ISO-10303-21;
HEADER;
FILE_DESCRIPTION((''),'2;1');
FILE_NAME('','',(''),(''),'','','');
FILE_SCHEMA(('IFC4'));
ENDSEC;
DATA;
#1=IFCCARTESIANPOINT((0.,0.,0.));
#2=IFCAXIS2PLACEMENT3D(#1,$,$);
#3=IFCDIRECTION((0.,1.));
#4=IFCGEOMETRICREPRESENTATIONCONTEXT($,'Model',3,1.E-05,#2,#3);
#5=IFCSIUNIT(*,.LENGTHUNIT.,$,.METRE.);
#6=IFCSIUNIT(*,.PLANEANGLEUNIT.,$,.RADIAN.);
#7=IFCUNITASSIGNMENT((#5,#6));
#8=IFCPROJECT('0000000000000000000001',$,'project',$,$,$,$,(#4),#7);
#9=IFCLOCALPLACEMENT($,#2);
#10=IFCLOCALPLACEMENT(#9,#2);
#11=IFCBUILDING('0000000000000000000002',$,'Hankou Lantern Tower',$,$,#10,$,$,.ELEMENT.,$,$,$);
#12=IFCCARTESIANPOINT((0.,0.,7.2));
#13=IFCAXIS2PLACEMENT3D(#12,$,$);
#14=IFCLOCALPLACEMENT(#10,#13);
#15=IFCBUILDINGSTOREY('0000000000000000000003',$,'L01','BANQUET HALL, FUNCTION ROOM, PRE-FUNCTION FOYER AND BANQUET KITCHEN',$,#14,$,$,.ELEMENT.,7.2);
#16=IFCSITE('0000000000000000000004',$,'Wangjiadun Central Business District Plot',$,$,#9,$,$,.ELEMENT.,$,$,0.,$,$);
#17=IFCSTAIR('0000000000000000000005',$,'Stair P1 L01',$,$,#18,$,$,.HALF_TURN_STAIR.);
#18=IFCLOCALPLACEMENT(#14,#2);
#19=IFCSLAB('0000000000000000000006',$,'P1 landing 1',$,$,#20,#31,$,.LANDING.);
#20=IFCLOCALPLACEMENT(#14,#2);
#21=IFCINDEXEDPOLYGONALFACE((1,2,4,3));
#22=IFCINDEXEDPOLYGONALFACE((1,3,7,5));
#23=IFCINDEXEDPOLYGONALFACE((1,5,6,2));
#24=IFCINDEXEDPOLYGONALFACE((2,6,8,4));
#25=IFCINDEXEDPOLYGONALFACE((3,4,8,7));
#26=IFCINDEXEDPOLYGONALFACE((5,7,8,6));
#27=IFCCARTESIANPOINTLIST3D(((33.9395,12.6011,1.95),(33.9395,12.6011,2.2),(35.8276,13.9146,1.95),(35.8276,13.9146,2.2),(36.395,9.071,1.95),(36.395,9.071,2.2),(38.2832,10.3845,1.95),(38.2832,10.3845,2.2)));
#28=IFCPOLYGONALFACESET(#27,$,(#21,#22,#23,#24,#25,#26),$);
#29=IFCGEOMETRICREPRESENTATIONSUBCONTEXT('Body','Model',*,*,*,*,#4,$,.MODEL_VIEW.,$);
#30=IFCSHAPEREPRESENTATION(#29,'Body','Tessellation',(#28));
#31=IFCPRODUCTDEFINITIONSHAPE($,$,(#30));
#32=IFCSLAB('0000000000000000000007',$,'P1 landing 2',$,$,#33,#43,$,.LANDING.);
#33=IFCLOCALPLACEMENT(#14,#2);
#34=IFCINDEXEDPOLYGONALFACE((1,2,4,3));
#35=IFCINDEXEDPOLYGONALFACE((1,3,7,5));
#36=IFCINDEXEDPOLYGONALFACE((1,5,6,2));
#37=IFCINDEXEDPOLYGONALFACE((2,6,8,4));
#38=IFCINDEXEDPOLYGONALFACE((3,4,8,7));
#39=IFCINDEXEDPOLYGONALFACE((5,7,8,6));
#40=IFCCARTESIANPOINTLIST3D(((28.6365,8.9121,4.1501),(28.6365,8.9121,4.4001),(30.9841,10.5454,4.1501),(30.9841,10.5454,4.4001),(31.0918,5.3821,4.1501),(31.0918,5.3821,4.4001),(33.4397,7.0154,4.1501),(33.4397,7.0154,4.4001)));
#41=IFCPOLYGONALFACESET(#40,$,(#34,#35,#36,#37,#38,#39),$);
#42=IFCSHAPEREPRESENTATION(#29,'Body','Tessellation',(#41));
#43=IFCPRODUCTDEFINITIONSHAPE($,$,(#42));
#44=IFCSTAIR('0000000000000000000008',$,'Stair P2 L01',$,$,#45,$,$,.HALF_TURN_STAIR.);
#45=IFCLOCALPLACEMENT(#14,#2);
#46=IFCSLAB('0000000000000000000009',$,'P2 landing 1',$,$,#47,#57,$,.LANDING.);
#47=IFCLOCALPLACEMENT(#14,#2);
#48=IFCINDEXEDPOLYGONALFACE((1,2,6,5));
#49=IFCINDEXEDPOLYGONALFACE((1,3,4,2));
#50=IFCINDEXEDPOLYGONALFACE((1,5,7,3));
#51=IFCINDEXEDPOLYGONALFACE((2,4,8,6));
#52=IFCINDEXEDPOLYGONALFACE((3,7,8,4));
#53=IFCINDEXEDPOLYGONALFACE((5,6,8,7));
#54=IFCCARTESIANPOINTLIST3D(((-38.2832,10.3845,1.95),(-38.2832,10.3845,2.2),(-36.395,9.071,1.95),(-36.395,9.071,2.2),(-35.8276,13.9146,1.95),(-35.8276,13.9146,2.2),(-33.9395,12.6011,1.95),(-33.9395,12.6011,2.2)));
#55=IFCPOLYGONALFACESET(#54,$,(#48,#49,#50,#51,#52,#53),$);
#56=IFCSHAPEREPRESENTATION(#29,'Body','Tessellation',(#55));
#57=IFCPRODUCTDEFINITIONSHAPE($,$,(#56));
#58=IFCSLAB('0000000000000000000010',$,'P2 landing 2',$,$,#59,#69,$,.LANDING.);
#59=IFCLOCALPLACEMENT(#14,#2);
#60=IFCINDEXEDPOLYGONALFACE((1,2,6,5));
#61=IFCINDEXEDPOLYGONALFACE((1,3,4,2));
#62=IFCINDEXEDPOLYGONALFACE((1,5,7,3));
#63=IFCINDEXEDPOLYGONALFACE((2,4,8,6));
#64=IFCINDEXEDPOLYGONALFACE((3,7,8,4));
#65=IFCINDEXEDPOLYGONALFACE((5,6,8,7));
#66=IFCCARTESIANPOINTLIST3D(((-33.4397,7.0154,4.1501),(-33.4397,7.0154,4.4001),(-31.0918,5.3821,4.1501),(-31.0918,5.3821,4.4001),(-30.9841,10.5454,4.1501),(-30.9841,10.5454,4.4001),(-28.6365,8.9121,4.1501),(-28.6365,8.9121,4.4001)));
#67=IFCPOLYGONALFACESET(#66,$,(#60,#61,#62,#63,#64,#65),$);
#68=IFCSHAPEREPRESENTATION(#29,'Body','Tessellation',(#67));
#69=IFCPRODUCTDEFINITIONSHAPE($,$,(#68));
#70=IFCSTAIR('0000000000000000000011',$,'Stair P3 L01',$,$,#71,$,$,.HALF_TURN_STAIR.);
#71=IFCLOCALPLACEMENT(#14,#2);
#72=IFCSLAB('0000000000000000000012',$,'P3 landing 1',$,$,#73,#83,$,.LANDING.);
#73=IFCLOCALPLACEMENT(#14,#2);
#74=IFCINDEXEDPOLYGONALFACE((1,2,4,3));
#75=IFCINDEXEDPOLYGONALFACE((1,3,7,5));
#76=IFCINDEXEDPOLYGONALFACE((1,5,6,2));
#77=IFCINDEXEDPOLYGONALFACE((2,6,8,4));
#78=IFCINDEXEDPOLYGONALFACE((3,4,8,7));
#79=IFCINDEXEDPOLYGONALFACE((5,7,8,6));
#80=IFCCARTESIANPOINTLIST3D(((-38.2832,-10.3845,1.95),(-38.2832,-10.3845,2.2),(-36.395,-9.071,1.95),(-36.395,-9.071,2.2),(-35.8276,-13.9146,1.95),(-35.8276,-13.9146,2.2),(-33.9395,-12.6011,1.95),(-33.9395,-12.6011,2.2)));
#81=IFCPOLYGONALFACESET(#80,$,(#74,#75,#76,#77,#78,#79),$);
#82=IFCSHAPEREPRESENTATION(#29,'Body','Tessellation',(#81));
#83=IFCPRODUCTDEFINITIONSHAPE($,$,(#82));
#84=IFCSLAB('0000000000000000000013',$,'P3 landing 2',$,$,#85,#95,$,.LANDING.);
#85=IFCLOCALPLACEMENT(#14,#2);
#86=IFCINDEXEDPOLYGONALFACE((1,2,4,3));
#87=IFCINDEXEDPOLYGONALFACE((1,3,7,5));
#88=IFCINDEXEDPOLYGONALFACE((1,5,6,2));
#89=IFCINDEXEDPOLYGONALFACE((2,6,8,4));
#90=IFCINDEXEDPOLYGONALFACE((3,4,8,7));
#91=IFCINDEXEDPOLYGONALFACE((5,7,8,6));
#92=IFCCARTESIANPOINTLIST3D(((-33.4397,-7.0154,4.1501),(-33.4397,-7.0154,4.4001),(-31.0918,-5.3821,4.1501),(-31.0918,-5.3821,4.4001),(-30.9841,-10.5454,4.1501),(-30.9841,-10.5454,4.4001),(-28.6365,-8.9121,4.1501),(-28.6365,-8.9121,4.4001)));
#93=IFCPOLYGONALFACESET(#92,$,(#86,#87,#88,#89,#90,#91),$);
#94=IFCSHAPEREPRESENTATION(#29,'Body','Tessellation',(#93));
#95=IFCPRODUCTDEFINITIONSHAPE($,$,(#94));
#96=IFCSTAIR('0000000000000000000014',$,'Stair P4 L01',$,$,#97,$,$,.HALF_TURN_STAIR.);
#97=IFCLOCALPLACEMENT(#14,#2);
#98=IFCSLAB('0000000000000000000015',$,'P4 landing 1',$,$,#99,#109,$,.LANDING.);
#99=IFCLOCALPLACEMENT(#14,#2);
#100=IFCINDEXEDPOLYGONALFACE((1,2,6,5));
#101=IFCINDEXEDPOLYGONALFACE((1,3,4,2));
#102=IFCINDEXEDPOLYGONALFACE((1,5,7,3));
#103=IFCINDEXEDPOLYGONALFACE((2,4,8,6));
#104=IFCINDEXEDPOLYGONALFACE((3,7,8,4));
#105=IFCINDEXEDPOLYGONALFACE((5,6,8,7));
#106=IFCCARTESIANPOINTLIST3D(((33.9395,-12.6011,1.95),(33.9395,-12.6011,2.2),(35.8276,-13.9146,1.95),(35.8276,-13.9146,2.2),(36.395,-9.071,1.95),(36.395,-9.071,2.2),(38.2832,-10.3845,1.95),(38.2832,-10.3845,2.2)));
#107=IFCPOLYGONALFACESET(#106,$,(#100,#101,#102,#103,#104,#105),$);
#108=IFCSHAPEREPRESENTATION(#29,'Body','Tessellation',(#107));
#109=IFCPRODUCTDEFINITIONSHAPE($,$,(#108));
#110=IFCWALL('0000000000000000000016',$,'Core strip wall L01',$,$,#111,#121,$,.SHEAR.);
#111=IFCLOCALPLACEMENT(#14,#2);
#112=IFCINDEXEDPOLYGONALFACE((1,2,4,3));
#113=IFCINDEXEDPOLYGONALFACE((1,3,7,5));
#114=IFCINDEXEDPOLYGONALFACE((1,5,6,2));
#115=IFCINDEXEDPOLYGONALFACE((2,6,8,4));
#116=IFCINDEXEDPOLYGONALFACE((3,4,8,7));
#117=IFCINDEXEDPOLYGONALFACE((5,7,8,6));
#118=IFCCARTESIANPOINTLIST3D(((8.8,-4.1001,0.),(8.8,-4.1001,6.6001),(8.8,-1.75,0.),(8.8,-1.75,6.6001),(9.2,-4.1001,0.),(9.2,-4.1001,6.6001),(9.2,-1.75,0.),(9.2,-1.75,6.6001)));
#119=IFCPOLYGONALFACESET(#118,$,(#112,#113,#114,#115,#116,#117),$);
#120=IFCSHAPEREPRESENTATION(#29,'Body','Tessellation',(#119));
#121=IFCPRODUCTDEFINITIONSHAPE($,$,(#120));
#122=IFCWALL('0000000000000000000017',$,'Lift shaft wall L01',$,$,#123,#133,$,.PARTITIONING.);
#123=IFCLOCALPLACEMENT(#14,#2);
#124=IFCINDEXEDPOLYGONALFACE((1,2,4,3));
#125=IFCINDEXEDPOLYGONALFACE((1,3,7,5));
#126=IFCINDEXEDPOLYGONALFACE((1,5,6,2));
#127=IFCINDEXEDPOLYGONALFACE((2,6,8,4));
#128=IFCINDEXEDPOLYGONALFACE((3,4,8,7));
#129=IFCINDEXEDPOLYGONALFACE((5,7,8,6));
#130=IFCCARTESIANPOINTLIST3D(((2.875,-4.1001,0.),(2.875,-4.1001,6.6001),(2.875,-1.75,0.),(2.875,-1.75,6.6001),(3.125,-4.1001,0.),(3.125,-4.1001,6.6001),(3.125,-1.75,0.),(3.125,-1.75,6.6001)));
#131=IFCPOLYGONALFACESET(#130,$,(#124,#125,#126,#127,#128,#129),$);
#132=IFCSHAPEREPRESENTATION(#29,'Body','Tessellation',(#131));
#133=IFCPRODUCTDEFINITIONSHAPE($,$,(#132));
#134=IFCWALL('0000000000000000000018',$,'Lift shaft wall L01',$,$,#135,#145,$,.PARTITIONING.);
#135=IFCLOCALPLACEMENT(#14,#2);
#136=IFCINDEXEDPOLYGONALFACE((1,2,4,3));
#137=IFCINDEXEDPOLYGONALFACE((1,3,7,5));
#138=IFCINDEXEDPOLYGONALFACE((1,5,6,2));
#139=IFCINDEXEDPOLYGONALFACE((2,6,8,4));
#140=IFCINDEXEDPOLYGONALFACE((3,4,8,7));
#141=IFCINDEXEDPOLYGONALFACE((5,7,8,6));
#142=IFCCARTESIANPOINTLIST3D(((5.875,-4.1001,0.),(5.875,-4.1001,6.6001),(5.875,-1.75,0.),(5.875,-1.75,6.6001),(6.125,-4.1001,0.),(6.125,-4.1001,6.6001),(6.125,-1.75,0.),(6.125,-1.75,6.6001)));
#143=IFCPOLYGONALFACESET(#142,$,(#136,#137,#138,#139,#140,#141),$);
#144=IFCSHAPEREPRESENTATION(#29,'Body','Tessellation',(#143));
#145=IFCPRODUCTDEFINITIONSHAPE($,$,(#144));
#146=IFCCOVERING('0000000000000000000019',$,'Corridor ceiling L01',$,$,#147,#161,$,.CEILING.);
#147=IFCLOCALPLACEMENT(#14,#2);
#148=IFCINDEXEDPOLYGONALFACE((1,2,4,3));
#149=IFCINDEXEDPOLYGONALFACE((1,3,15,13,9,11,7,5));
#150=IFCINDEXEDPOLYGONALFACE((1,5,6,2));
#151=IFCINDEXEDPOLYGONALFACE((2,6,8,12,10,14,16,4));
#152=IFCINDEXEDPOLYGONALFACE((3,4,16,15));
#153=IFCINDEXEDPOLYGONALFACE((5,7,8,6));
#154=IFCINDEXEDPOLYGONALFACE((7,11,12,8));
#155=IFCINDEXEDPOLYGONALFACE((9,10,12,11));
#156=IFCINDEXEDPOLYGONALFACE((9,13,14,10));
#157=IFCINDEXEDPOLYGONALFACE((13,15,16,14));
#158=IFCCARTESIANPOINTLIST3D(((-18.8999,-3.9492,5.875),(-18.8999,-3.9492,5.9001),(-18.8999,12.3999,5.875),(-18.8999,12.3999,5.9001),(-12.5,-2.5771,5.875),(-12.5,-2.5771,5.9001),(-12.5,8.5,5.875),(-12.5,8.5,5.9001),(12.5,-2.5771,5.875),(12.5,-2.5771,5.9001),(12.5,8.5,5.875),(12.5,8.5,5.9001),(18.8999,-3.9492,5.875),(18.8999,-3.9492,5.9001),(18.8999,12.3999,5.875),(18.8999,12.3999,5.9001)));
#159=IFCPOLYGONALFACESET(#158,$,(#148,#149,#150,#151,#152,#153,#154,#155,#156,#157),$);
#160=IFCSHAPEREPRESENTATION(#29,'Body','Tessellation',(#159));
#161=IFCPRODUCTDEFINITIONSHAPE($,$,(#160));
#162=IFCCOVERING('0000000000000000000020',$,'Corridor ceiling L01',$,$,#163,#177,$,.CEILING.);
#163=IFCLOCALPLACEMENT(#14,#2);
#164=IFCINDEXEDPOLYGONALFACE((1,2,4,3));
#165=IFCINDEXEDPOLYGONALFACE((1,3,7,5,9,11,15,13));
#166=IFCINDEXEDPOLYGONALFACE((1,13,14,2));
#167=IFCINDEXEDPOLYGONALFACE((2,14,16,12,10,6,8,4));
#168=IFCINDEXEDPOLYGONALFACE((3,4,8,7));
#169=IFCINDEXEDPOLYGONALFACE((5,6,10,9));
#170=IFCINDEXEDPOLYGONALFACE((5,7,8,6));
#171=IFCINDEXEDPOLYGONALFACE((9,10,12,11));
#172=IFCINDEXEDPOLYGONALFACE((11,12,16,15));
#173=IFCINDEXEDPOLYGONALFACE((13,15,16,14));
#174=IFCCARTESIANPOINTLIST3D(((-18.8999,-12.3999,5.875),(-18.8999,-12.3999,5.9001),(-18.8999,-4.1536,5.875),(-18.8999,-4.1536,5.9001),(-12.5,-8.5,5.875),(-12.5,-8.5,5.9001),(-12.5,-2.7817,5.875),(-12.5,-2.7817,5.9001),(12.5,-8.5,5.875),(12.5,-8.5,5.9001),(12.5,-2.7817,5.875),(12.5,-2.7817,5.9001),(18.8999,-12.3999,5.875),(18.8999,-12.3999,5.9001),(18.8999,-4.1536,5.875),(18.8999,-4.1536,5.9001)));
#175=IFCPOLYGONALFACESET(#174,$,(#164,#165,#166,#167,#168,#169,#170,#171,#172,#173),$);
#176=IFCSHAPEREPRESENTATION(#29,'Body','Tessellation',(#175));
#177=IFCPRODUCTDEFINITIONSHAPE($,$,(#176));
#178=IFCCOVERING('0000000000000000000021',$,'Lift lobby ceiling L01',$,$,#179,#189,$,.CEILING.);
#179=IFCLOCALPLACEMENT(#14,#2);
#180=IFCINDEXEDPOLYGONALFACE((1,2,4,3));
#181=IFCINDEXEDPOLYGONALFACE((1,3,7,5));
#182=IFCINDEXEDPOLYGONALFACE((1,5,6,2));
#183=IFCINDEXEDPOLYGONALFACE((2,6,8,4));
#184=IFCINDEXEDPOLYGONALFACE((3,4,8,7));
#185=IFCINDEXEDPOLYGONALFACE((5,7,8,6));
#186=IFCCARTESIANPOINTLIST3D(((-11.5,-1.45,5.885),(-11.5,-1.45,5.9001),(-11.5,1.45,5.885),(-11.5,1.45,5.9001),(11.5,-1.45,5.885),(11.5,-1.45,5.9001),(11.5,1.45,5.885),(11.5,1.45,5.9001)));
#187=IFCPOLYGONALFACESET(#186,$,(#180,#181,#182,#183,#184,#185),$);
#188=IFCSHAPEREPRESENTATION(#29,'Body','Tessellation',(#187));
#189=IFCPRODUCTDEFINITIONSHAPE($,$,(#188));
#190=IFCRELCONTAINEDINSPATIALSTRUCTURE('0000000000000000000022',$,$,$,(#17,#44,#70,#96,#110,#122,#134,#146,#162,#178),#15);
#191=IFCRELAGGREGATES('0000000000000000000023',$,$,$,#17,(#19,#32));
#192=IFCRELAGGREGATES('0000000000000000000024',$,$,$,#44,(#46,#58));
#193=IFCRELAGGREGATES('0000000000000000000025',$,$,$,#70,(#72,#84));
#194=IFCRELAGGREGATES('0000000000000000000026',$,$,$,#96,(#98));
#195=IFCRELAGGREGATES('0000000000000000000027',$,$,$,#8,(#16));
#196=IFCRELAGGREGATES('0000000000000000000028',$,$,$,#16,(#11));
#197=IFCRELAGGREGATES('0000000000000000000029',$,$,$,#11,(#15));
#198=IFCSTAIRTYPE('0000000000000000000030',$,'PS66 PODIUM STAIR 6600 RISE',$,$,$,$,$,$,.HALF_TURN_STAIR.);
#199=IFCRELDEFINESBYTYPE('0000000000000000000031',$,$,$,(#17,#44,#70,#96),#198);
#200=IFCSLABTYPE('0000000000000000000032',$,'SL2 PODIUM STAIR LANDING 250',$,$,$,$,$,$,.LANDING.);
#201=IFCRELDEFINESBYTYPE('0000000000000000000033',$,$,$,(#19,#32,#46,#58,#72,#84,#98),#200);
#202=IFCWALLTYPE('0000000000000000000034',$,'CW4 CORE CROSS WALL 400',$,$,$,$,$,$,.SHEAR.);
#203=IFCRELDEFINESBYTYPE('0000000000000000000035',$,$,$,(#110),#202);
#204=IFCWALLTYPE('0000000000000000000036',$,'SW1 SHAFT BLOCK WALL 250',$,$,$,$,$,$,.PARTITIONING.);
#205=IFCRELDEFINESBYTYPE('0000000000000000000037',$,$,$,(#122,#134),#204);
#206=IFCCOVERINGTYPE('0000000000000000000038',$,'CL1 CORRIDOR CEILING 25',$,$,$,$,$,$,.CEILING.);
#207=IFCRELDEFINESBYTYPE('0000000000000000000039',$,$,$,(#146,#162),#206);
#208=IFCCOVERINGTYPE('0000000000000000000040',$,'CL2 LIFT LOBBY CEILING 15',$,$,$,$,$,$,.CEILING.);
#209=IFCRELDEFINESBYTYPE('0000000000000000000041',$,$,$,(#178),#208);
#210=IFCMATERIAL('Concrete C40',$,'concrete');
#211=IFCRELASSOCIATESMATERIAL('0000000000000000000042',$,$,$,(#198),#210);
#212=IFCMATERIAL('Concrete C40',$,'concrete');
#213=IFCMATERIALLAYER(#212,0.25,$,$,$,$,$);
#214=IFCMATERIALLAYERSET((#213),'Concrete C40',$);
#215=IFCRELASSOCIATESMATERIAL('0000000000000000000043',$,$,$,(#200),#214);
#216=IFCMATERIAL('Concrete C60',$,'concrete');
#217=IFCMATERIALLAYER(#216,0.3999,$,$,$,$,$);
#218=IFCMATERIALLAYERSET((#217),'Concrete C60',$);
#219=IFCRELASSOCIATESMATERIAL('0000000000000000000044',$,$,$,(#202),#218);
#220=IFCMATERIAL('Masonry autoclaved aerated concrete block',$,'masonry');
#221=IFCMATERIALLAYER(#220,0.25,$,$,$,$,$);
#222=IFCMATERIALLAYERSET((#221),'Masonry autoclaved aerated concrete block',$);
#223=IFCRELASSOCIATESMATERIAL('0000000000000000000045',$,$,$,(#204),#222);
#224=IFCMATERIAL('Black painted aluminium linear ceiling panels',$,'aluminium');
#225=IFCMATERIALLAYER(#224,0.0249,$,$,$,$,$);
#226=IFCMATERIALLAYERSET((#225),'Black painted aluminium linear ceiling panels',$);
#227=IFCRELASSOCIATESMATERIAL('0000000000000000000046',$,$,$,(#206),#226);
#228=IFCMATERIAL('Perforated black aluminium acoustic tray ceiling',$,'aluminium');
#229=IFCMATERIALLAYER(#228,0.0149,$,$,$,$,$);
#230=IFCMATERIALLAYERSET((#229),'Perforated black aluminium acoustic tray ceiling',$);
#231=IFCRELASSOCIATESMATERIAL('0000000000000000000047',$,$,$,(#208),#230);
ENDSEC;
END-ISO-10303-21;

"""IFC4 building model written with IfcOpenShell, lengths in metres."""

from ifc_helpers import new_model, si_unit, direction, frame, frame_2d, origin, place, context, subcontext, project, spatial, polyline, rectangle, outline, extrude, material, layer, layer_set, type_object, element, aggregate, save


model = new_model("IFC4")

# Units and contexts
model_context = context("Model", 3, precision=1e-05, world=origin(), true_north=direction((0.0, 1.0)))
body_context = subcontext(model_context, "Body", "Model", "MODEL_VIEW")
ifc_project = project(units=[si_unit("LENGTHUNIT", "METRE"), si_unit("PLANEANGLEUNIT", "RADIAN")], contexts=[model_context])

# Site, building, storey
site_placement = place(None, origin())
site = spatial("IfcSite", under=ifc_project, at=site_placement, Name="Wangjiadun Central Business District Plot", CompositionType="ELEMENT", RefElevation=0.0)
building_placement = place(site_placement, origin())
building = spatial("IfcBuilding", under=site, at=building_placement, Name="Hankou Lantern Tower", CompositionType="ELEMENT")
storey_placement = place(building_placement, frame((0.0, 0.0, 7.2)))
storey = spatial("IfcBuildingStorey", under=building, at=storey_placement, Name="L01", Description="BANQUET HALL, FUNCTION ROOM, PRE-FUNCTION FOYER AND BANQUET KITCHEN", CompositionType="ELEMENT", Elevation=7.2)

# Stairs, slabs
ifc_material_1 = material(Name="Concrete C40", Category="concrete")
stair_type_1 = type_object("IfcStairType", Name="PS66 PODIUM STAIR 6600 RISE", PredefinedType="HALF_TURN_STAIR", material=ifc_material_1)
stair_1_placement = place(storey_placement, origin())
stair_1 = element("IfcStair", 1, at=stair_1_placement, inside=storey, type_object=stair_type_1, Name="Stair P1 L01", PredefinedType="HALF_TURN_STAIR")
ifc_material_2 = material(Name="Concrete C40", Category="concrete")
ifc_layer_1 = layer(ifc_material_2, 0.25)
ifc_layer_set_1 = layer_set([ifc_layer_1], Name="Concrete C40")
slab_type_1 = type_object("IfcSlabType", Name="SL2 PODIUM STAIR LANDING 250", PredefinedType="LANDING", material=ifc_layer_set_1)
slab_1_placement = place(storey_placement, frame((0.0, 0.0, 1.95)))
slab_1 = element("IfcSlab", 2, at=slab_1_placement, type_object=slab_type_1, Name="P1 landing 1", PredefinedType="LANDING", context=body_context, shape_type="SweptSolid", body=[
    extrude(outline(polyline([(38.2832, 10.3845), (35.8276, 13.9146), (33.9395, 12.6011), (36.395, 9.071), (38.2832, 10.3845)])), origin(), (0.0, 0.0, 1.0), 0.25),
])
slab_2_placement = place(storey_placement, frame((0.0, 0.0, 4.1501)))
slab_2 = element("IfcSlab", 3, at=slab_2_placement, type_object=slab_type_1, Name="P1 landing 2", PredefinedType="LANDING", context=body_context, shape_type="SweptSolid", body=[
    extrude(outline(polyline([(33.4397, 7.0154), (30.9841, 10.5454), (28.6365, 8.9121), (31.0918, 5.3821), (33.4397, 7.0154)])), origin(), (0.0, 0.0, 1.0), 0.25),
])
aggregate(stair_1, [slab_1, slab_2])
stair_2_placement = place(storey_placement, origin())
stair_2 = element("IfcStair", 4, at=stair_2_placement, inside=storey, type_object=stair_type_1, Name="Stair P2 L01", PredefinedType="HALF_TURN_STAIR")
slab_3_placement = place(storey_placement, frame((0.0, 0.0, 1.95)))
slab_3 = element("IfcSlab", 5, at=slab_3_placement, type_object=slab_type_1, Name="P2 landing 1", PredefinedType="LANDING", context=body_context, shape_type="SweptSolid", body=[
    extrude(outline(polyline([(-35.8276, 13.9146), (-38.2832, 10.3845), (-36.395, 9.071), (-33.9395, 12.6011), (-35.8276, 13.9146)])), origin(), (0.0, 0.0, 1.0), 0.25),
])
slab_4_placement = place(storey_placement, frame((0.0, 0.0, 4.1501)))
slab_4 = element("IfcSlab", 6, at=slab_4_placement, type_object=slab_type_1, Name="P2 landing 2", PredefinedType="LANDING", context=body_context, shape_type="SweptSolid", body=[
    extrude(outline(polyline([(-30.9841, 10.5454), (-33.4397, 7.0154), (-31.0918, 5.3821), (-28.6365, 8.9121), (-30.9841, 10.5454)])), origin(), (0.0, 0.0, 1.0), 0.25),
])
aggregate(stair_2, [slab_3, slab_4])
stair_3_placement = place(storey_placement, origin())
stair_3 = element("IfcStair", 7, at=stair_3_placement, inside=storey, type_object=stair_type_1, Name="Stair P3 L01", PredefinedType="HALF_TURN_STAIR")
slab_5_placement = place(storey_placement, frame((0.0, 0.0, 1.95)))
slab_5 = element("IfcSlab", 8, at=slab_5_placement, type_object=slab_type_1, Name="P3 landing 1", PredefinedType="LANDING", context=body_context, shape_type="SweptSolid", body=[
    extrude(outline(polyline([(-38.2832, -10.3845), (-35.8276, -13.9146), (-33.9395, -12.6011), (-36.395, -9.071), (-38.2832, -10.3845)])), origin(), (0.0, 0.0, 1.0), 0.25),
])
slab_6_placement = place(storey_placement, frame((0.0, 0.0, 4.1501)))
slab_6 = element("IfcSlab", 9, at=slab_6_placement, type_object=slab_type_1, Name="P3 landing 2", PredefinedType="LANDING", context=body_context, shape_type="SweptSolid", body=[
    extrude(outline(polyline([(-33.4397, -7.0154), (-30.9841, -10.5454), (-28.6365, -8.9121), (-31.0918, -5.3821), (-33.4397, -7.0154)])), origin(), (0.0, 0.0, 1.0), 0.25),
])
aggregate(stair_3, [slab_5, slab_6])

# Stair, slab
stair_4_placement = place(storey_placement, origin())
stair_4 = element("IfcStair", 10, at=stair_4_placement, inside=storey, type_object=stair_type_1, Name="Stair P4 L01", PredefinedType="HALF_TURN_STAIR")
slab_7_placement = place(storey_placement, frame((0.0, 0.0, 1.95)))
slab_7 = element("IfcSlab", 11, at=slab_7_placement, type_object=slab_type_1, Name="P4 landing 1", PredefinedType="LANDING", context=body_context, shape_type="SweptSolid", body=[
    extrude(outline(polyline([(35.8276, -13.9146), (38.2832, -10.3845), (36.395, -9.071), (33.9395, -12.6011), (35.8276, -13.9146)])), origin(), (0.0, 0.0, 1.0), 0.25),
])
aggregate(stair_4, [slab_7])

# Walls
ifc_material_3 = material(Name="Concrete C60", Category="concrete")
ifc_layer_2 = layer(ifc_material_3, 0.3999)
ifc_layer_set_2 = layer_set([ifc_layer_2], Name="Concrete C60")
wall_type_1 = type_object("IfcWallType", Name="CW4 CORE CROSS WALL 400", PredefinedType="SHEAR", material=ifc_layer_set_2)
wall_placement = place(storey_placement, frame((9.0, -4.1001, 0.0), z_axis=(0.0, 0.0, 1.0), x_axis=(0.0, 1.0, 0.0)))
element("IfcWall", 12, at=wall_placement, inside=storey, type_object=wall_type_1, Name="Core strip wall L01", PredefinedType="SHEAR", context=body_context, shape_type="SweptSolid", body=[
    extrude(rectangle(XDim=2.3501, YDim=0.3999, at=frame_2d((1.175, 0.0))), origin(), (0.0, 0.0, 1.0), 6.6001),
])
ifc_material_4 = material(Name="Masonry autoclaved aerated concrete block", Category="masonry")
ifc_layer_3 = layer(ifc_material_4, 0.25)
ifc_layer_set_3 = layer_set([ifc_layer_3], Name="Masonry autoclaved aerated concrete block")
wall_type_2 = type_object("IfcWallType", Name="SW1 SHAFT BLOCK WALL 250", PredefinedType="PARTITIONING", material=ifc_layer_set_3)
for number, where, z_axis, x_axis, name in (
    (13, (3.0, -4.1001, 0.0), (0.0, 0.0, 1.0), (0.0, 1.0, 0.0), "Lift shaft wall L01"),
    (14, (6.0, -4.1001, 0.0), (0.0, 0.0, 1.0), (0.0, 1.0, 0.0), "Lift shaft wall L01"),
):
    element("IfcWall", number, at=place(storey_placement, frame(where, z_axis=z_axis, x_axis=x_axis)), inside=storey, type_object=wall_type_2, Name=name, PredefinedType="PARTITIONING", context=body_context, shape_type="SweptSolid", body=[
        extrude(rectangle(XDim=2.3501, YDim=0.25, at=frame_2d((1.175, 0.0))), origin(), (0.0, 0.0, 1.0), 6.6001),
    ])

# Coverings
ifc_material_5 = material(Name="Black painted aluminium linear ceiling panels", Category="aluminium")
ifc_layer_4 = layer(ifc_material_5, 0.0249)
ifc_layer_set_4 = layer_set([ifc_layer_4], Name="Black painted aluminium linear ceiling panels")
covering_type_1 = type_object("IfcCoveringType", Name="CL1 CORRIDOR CEILING 25", PredefinedType="CEILING", material=ifc_layer_set_4)
covering_1_placement = place(storey_placement, frame((0.0, 0.0, 5.875)))
element("IfcCovering", 15, at=covering_1_placement, inside=storey, type_object=covering_type_1, Name="Corridor ceiling L01", PredefinedType="CEILING", context=body_context, shape_type="SweptSolid", body=[
    extrude(outline(polyline([(-18.8999, 12.3999), (-18.8999, -3.9492), (-12.5, -2.5771), (-12.5, 8.5), (12.5, 8.5), (12.5, -2.5771), (18.8999, -3.9492), (18.8999, 12.3999), (-18.8999, 12.3999)])), origin(), (0.0, 0.0, 1.0), 0.0251),
])
covering_2_placement = place(storey_placement, frame((0.0, 0.0, 5.875)))
element("IfcCovering", 16, at=covering_2_placement, inside=storey, type_object=covering_type_1, Name="Corridor ceiling L01", PredefinedType="CEILING", context=body_context, shape_type="SweptSolid", body=[
    extrude(outline(polyline([(18.8999, -4.1536), (12.5, -2.7817), (12.5, -8.5), (-12.5, -8.5), (-12.5, -2.7817), (-18.8999, -4.1536), (-18.8999, -12.3999), (18.8999, -12.3999), (18.8999, -4.1536)])), origin(), (0.0, 0.0, 1.0), 0.0251),
])
ifc_material_6 = material(Name="Perforated black aluminium acoustic tray ceiling", Category="aluminium")
ifc_layer_5 = layer(ifc_material_6, 0.0149)
ifc_layer_set_5 = layer_set([ifc_layer_5], Name="Perforated black aluminium acoustic tray ceiling")
covering_type_2 = type_object("IfcCoveringType", Name="CL2 LIFT LOBBY CEILING 15", PredefinedType="CEILING", material=ifc_layer_set_5)
covering_3_placement = place(storey_placement, frame((0.0, 0.0, 5.885)))
element("IfcCovering", 17, at=covering_3_placement, inside=storey, type_object=covering_type_2, Name="Lift lobby ceiling L01", PredefinedType="CEILING", context=body_context, shape_type="SweptSolid", body=[
    extrude(outline(polyline([(-11.5, -1.45), (11.5, -1.45), (11.5, 1.45), (-11.5, 1.45), (-11.5, -1.45)])), origin(), (0.0, 0.0, 1.0), 0.0151),
])

save(model, "model.ifc")
